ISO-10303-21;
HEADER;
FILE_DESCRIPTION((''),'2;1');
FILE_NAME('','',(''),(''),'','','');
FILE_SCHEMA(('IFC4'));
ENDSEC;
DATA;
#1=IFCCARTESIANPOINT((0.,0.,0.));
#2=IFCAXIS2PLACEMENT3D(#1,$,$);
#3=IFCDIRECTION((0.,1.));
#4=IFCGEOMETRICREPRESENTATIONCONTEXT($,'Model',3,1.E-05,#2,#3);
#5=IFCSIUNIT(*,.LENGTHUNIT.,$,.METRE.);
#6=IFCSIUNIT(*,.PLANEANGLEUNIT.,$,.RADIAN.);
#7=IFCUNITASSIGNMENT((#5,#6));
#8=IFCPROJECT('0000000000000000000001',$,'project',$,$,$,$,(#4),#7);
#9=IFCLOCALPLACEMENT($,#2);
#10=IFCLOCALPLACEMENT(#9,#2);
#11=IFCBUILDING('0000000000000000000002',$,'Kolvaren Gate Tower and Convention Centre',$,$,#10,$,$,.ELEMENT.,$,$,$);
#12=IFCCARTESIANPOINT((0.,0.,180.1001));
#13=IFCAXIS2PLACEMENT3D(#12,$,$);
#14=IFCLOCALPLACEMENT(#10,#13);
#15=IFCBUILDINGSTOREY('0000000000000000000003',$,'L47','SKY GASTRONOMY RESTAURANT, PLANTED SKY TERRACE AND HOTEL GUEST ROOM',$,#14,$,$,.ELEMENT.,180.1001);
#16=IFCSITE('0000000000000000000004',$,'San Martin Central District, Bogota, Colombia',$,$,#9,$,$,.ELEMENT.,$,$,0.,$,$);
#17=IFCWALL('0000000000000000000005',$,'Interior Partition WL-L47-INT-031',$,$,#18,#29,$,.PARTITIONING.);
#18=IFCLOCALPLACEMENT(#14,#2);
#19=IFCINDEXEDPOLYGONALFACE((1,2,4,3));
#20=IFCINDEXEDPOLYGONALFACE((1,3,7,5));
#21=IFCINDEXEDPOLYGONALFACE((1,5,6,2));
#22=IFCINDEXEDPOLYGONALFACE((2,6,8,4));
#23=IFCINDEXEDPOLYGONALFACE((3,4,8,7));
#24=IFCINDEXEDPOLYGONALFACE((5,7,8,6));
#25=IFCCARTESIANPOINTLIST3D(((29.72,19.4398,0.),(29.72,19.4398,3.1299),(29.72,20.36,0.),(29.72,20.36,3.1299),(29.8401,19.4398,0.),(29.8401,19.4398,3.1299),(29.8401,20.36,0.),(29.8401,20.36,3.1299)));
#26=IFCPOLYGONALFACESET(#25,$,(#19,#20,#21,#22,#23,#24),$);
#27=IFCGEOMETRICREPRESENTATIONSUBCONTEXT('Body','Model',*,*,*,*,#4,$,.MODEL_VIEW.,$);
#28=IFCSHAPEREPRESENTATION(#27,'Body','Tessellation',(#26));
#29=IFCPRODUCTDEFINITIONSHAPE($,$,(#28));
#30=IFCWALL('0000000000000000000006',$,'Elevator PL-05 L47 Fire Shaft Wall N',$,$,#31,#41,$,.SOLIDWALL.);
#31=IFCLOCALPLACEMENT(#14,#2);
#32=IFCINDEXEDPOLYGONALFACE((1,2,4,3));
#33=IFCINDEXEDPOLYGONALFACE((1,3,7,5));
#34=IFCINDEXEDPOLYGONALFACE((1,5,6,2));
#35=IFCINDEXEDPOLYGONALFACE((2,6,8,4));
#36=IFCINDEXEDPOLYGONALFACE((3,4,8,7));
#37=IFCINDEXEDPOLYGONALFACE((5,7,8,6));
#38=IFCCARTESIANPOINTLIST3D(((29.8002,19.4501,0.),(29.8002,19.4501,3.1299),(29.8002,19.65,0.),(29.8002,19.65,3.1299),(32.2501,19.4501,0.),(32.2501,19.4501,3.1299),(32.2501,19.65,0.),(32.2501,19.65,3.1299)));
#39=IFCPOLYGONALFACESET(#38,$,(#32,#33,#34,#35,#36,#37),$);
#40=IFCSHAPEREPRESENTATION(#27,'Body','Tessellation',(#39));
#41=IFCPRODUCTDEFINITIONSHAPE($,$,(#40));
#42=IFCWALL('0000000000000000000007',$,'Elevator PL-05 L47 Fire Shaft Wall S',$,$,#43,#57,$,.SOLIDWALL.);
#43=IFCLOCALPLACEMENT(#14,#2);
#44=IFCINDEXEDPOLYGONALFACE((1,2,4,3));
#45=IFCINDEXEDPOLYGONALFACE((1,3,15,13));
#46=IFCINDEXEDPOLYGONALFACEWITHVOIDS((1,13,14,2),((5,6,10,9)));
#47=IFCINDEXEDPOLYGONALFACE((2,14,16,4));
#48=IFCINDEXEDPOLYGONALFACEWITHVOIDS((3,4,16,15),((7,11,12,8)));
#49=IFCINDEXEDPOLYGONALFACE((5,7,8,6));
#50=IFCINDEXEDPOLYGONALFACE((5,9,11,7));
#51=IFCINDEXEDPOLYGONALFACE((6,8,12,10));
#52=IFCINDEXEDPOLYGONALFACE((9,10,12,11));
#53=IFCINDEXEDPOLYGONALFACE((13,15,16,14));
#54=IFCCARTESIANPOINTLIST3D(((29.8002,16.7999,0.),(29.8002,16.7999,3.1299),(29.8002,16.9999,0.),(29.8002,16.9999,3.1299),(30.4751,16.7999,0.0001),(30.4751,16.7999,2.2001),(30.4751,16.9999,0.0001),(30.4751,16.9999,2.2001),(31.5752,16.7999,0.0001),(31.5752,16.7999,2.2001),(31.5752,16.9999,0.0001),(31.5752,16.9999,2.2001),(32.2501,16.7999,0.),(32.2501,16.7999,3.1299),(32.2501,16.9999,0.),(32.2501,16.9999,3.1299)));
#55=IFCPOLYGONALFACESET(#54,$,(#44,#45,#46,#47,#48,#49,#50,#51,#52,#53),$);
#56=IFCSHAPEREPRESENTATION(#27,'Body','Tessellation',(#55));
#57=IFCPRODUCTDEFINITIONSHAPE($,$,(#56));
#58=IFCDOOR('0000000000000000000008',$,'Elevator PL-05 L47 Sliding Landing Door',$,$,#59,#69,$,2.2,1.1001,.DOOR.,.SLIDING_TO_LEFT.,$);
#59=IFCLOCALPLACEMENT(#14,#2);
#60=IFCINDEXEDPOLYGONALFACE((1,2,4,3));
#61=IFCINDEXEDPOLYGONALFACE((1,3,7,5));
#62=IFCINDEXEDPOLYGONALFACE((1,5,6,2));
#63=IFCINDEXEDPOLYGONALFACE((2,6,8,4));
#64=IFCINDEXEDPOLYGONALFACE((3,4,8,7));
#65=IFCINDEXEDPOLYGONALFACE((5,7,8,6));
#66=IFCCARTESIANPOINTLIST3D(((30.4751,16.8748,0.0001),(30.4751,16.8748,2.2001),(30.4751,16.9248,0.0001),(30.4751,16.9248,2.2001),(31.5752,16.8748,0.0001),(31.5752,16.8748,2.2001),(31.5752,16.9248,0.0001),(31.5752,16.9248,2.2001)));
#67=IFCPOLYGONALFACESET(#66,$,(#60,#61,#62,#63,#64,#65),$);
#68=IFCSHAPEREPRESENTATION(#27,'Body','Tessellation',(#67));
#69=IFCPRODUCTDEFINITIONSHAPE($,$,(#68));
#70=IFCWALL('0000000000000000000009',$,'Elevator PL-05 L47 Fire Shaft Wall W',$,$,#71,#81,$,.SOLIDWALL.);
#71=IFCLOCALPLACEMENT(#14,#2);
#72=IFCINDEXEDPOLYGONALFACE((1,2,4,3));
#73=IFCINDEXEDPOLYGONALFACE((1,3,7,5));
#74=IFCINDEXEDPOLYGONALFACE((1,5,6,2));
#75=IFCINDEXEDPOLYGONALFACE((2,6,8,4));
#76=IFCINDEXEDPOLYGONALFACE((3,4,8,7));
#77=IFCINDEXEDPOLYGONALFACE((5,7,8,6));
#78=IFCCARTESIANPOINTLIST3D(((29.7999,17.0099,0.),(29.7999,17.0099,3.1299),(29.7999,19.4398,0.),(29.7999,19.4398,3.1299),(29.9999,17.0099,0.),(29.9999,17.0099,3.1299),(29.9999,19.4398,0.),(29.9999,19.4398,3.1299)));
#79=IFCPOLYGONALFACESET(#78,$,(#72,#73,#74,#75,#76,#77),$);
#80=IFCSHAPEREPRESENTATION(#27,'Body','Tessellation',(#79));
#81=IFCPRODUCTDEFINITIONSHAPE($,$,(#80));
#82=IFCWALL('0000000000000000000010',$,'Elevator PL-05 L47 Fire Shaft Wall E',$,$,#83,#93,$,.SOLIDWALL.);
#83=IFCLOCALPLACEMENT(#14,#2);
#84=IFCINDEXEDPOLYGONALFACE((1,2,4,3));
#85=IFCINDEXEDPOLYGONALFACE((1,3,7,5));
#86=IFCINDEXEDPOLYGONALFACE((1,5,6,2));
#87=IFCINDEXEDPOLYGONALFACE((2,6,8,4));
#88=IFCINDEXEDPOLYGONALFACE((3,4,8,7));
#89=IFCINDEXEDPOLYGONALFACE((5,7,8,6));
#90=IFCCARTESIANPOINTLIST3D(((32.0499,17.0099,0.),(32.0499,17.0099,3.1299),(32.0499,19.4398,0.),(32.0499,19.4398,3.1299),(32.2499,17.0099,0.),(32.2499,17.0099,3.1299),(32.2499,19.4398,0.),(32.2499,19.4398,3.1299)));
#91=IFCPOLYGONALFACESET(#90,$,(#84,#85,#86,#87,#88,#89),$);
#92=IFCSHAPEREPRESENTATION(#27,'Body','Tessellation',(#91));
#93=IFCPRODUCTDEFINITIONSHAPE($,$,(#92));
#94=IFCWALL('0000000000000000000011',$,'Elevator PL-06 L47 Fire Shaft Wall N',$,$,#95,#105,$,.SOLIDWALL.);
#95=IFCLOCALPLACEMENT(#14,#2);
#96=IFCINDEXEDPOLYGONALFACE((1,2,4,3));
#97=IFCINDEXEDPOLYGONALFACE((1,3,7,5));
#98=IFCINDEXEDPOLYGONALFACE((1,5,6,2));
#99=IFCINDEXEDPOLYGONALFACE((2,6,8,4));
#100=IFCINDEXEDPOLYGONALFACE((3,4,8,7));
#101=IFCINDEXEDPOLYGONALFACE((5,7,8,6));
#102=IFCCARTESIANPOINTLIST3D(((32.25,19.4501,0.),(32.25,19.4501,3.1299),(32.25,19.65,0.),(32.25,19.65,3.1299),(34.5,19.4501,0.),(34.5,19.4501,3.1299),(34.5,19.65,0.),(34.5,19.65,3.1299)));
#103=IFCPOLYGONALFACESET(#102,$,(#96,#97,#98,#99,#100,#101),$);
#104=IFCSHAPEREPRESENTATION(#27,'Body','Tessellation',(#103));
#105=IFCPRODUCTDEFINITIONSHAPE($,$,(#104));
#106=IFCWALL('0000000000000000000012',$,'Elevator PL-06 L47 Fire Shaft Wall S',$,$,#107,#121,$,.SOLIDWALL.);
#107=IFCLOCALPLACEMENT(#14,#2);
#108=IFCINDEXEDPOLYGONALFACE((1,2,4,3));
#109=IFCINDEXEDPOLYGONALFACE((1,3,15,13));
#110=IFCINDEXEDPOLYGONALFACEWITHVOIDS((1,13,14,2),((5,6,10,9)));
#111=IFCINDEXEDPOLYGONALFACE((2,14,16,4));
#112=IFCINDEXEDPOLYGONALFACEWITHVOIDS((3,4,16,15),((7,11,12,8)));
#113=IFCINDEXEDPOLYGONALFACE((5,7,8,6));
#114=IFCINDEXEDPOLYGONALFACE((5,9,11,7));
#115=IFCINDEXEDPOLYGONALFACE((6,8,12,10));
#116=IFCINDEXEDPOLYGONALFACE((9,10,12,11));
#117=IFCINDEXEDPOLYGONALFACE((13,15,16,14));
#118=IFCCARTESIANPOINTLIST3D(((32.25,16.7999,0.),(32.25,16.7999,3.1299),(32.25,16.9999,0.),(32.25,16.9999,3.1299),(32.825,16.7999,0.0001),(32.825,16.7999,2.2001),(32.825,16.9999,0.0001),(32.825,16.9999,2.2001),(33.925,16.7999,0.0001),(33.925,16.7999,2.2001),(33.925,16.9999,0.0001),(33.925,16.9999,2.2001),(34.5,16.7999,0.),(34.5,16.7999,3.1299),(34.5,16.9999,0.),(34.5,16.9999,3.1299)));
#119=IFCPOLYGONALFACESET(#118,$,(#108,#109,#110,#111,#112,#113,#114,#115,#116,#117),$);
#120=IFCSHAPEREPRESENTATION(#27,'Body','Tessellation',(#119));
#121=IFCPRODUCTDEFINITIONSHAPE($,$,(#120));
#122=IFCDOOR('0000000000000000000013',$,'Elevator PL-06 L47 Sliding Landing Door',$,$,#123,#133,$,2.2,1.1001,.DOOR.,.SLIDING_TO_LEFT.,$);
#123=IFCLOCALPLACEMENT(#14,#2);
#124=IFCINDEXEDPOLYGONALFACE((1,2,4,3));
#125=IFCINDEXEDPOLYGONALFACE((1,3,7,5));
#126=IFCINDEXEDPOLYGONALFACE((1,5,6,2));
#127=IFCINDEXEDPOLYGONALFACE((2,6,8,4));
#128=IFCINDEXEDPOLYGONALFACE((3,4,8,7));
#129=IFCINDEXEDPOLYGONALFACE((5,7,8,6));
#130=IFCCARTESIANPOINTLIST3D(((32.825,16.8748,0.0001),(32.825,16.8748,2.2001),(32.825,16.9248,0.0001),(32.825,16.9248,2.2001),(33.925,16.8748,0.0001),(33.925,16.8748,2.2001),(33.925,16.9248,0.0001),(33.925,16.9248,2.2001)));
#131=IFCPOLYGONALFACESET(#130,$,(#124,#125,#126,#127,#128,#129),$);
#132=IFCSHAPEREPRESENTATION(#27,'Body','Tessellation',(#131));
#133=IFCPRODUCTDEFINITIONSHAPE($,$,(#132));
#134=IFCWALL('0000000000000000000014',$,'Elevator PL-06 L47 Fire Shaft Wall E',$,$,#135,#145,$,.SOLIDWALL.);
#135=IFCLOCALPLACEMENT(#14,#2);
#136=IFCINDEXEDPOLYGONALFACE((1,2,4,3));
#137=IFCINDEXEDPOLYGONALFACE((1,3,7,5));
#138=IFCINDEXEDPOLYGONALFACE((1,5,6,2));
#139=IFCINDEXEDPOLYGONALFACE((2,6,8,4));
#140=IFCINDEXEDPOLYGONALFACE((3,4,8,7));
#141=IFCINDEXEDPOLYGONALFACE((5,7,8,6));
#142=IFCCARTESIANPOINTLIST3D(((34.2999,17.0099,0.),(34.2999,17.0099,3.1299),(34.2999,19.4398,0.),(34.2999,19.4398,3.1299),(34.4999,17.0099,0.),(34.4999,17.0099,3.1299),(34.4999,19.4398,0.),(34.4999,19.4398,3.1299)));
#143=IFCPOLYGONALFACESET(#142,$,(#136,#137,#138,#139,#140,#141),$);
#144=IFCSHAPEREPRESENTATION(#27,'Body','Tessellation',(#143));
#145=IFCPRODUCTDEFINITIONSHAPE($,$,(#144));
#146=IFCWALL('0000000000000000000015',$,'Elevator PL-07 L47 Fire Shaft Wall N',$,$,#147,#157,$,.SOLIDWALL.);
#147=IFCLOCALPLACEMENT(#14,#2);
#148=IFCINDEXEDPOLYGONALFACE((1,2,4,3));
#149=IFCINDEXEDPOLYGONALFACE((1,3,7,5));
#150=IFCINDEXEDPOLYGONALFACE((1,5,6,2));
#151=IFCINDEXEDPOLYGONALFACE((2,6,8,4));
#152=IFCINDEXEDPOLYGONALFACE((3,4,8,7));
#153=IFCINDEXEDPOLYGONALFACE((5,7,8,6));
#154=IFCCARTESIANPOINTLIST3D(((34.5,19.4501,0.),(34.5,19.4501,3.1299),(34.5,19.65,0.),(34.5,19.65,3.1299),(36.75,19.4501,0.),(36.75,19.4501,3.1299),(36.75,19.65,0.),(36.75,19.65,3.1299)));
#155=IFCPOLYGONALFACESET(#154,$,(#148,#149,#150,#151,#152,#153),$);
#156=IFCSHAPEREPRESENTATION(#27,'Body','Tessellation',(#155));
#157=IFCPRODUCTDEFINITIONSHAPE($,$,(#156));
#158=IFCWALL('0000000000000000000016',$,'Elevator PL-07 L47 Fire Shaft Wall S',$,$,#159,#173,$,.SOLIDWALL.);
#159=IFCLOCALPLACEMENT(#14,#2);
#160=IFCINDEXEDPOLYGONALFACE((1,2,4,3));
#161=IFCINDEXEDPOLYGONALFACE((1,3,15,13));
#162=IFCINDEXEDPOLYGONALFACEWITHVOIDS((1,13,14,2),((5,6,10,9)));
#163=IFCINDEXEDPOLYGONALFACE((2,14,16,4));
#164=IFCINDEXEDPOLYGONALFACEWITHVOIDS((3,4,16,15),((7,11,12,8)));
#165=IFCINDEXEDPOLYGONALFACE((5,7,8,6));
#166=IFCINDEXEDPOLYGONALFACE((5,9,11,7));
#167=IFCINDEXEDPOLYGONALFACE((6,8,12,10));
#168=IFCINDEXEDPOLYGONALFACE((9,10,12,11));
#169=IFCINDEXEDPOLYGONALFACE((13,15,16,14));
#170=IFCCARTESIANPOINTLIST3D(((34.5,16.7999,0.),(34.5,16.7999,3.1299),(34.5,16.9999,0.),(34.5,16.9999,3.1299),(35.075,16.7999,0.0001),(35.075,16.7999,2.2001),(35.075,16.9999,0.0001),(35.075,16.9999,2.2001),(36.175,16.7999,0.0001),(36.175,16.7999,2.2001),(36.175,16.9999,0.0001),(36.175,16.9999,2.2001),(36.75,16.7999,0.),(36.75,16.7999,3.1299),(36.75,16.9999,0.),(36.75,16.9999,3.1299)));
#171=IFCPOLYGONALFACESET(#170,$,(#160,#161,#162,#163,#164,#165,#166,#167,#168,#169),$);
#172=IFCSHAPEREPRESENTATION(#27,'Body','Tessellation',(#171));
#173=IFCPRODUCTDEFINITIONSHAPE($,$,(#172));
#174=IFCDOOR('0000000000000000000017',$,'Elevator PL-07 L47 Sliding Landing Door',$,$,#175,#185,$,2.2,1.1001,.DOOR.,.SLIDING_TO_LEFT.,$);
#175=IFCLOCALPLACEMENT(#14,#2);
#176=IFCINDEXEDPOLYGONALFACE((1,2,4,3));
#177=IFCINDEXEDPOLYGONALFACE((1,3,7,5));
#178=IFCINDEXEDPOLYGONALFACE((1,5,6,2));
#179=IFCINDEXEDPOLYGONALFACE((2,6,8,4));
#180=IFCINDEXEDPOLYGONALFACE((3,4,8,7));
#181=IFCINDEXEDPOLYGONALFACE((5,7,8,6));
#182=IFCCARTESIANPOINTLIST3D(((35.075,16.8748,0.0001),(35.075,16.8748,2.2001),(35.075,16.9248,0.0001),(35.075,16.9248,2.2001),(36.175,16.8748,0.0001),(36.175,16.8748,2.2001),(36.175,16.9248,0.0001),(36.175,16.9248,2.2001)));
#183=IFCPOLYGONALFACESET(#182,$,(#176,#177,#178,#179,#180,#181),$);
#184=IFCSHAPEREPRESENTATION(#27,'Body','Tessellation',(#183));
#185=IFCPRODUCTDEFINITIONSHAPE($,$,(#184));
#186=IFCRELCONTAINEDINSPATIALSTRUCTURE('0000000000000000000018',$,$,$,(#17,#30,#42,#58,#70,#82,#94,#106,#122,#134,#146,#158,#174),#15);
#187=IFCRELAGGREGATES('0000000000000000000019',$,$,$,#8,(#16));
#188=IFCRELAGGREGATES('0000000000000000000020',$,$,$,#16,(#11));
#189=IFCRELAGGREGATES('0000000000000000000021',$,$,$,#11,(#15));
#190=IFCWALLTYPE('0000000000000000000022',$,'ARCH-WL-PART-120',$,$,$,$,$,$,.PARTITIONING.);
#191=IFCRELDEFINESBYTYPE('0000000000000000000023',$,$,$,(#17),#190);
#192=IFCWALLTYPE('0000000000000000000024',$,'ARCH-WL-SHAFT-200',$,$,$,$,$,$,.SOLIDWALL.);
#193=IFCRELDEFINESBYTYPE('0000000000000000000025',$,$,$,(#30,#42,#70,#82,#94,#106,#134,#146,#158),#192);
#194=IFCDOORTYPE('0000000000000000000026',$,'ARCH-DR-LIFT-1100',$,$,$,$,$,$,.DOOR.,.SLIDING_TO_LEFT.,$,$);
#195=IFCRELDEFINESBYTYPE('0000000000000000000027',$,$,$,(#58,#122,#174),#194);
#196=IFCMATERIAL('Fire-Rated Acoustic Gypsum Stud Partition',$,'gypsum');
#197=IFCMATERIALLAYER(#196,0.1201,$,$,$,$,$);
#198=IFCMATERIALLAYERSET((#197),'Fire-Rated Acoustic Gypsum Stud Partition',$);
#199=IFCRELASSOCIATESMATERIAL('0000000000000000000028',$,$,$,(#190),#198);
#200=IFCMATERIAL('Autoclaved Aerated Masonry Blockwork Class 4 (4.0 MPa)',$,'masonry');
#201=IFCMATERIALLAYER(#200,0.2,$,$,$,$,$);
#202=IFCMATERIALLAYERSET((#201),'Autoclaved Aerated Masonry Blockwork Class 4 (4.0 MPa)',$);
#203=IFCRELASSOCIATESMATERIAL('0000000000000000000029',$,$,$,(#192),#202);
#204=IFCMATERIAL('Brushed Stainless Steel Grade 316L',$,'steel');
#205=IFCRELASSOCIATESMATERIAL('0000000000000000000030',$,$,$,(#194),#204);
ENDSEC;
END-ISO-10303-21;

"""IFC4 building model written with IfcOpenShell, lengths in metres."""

from ifc_helpers import new_model, si_unit, direction, frame, frame_2d, origin, place, context, subcontext, project, spatial, rectangle, extrude, material, layer, layer_set, type_object, element, fill, save


model = new_model("IFC4")

# Units and contexts
model_context = context("Model", 3, precision=1e-05, world=origin(), true_north=direction((0.0, 1.0)))
body_context = subcontext(model_context, "Body", "Model", "MODEL_VIEW")
ifc_project = project(units=[si_unit("LENGTHUNIT", "METRE"), si_unit("PLANEANGLEUNIT", "RADIAN")], contexts=[model_context])

# Site, building, storey
site_placement = place(None, origin())
site = spatial("IfcSite", under=ifc_project, at=site_placement, Name="San Martin Central District, Bogota, Colombia", CompositionType="ELEMENT", RefElevation=0.0)
building_placement = place(site_placement, origin())
building = spatial("IfcBuilding", under=site, at=building_placement, Name="Kolvaren Gate Tower and Convention Centre", CompositionType="ELEMENT")
storey_placement = place(building_placement, frame((0.0, 0.0, 180.1001)))
storey = spatial("IfcBuildingStorey", under=building, at=storey_placement, Name="L47", Description="SKY GASTRONOMY RESTAURANT, PLANTED SKY TERRACE AND HOTEL GUEST ROOM", CompositionType="ELEMENT", Elevation=180.1001)

# Walls
ifc_material_1 = material(Name="Fire-Rated Acoustic Gypsum Stud Partition", Category="gypsum")
ifc_layer_1 = layer(ifc_material_1, 0.1201)
ifc_layer_set_1 = layer_set([ifc_layer_1], Name="Fire-Rated Acoustic Gypsum Stud Partition")
wall_type_1 = type_object("IfcWallType", Name="ARCH-WL-PART-120", PredefinedType="PARTITIONING", material=ifc_layer_set_1)
wall_1_placement = place(storey_placement, frame((29.78, 19.4399, 0.0), z_axis=(0.0, 0.0, 1.0), x_axis=(0.0, 1.0, 0.0)))
element("IfcWall", 1, at=wall_1_placement, inside=storey, type_object=wall_type_1, Name="Interior Partition WL-L47-INT-031", PredefinedType="PARTITIONING", context=body_context, shape_type="SweptSolid", body=[
    extrude(rectangle(XDim=0.9202, YDim=0.1201, at=frame_2d((0.46, 0.0))), origin(), (0.0, 0.0, 1.0), 3.1299),
])
ifc_material_2 = material(Name="Autoclaved Aerated Masonry Blockwork Class 4 (4.0 MPa)", Category="masonry")
ifc_layer_2 = layer(ifc_material_2, 0.2)
ifc_layer_set_2 = layer_set([ifc_layer_2], Name="Autoclaved Aerated Masonry Blockwork Class 4 (4.0 MPa)")
wall_type_2 = type_object("IfcWallType", Name="ARCH-WL-SHAFT-200", PredefinedType="SOLIDWALL", material=ifc_layer_set_2)
wall_2_placement = place(storey_placement, frame((29.8, 19.55, 0.0), z_axis=(0.0, 0.0, 1.0), x_axis=(1.0, 0.0, 0.0)))
element("IfcWall", 2, at=wall_2_placement, inside=storey, type_object=wall_type_2, Name="Elevator PL-05 L47 Fire Shaft Wall N", PredefinedType="SOLIDWALL", context=body_context, shape_type="SweptSolid", body=[
    extrude(rectangle(XDim=2.45, YDim=0.2, at=frame_2d((1.2251, 0.0))), origin(), (0.0, 0.0, 1.0), 3.1299),
])

# Wall, opening, door
wall_3_placement = place(storey_placement, frame((29.8, 16.8999, 0.0), z_axis=(0.0, 0.0, 1.0), x_axis=(1.0, 0.0, 0.0)))
wall_3 = element("IfcWall", 3, at=wall_3_placement, inside=storey, type_object=wall_type_2, Name="Elevator PL-05 L47 Fire Shaft Wall S", PredefinedType="SOLIDWALL", context=body_context, shape_type="SweptSolid", body=[
    extrude(rectangle(XDim=2.45, YDim=0.2, at=frame_2d((1.2251, 0.0))), origin(), (0.0, 0.0, 1.0), 3.1299),
])
opening_1_placement = place(wall_3_placement, frame((0.675, 0.0, 0.0)))
opening_1 = element("IfcOpeningElement", 4, at=opening_1_placement, cuts=wall_3, PredefinedType="OPENING", context=body_context, shape_type="SweptSolid", body=[
    extrude(rectangle(XDim=1.1001, YDim=2.2, at=frame_2d((0.55, 1.1001))), frame((0.0, 0.1099, 0.0), z_axis=(0.0, -1.0, 0.0), x_axis=(1.0, 0.0, 0.0)), (0.0, 0.0, 1.0), 0.22),
])
ifc_material_3 = material(Name="Brushed Stainless Steel Grade 316L", Category="steel")
door_type = type_object("IfcDoorType", Name="ARCH-DR-LIFT-1100", OperationType="SLIDING_TO_LEFT", PredefinedType="DOOR", material=ifc_material_3)
door_1_placement = place(opening_1_placement, origin())
door_1 = element("IfcDoor", 5, at=door_1_placement, inside=storey, type_object=door_type, Name="Elevator PL-05 L47 Sliding Landing Door", OperationType="SLIDING_TO_LEFT", OverallHeight=2.2, OverallWidth=1.1001, PredefinedType="DOOR", context=body_context, shape_type="SweptSolid", body=[
    extrude(rectangle(XDim=1.1001, YDim=2.2, at=frame_2d((0.55, 1.1001))), frame((0.0, 0.0249, 0.0), z_axis=(0.0, -1.0, 0.0), x_axis=(1.0, 0.0, 0.0)), (0.0, 0.0, 1.0), 0.05),
])
fill(opening_1, door_1)

# Walls
for number, where, z_axis, x_axis, name in (
    (6, (29.8999, 17.01, 0.0), (0.0, 0.0, 1.0), (0.0, 1.0, 0.0), "Elevator PL-05 L47 Fire Shaft Wall W"),
    (7, (32.1499, 17.01, 0.0), (0.0, 0.0, 1.0), (0.0, 1.0, 0.0), "Elevator PL-05 L47 Fire Shaft Wall E"),
):
    element("IfcWall", number, at=place(storey_placement, frame(where, z_axis=z_axis, x_axis=x_axis)), inside=storey, type_object=wall_type_2, Name=name, PredefinedType="SOLIDWALL", context=body_context, shape_type="SweptSolid", body=[
        extrude(rectangle(XDim=2.4299, YDim=0.2, at=frame_2d((1.2148, 0.0))), origin(), (0.0, 0.0, 1.0), 3.1299),
    ])
wall_4_placement = place(storey_placement, frame((32.25, 19.55, 0.0), z_axis=(0.0, 0.0, 1.0), x_axis=(1.0, 0.0, 0.0)))
element("IfcWall", 8, at=wall_4_placement, inside=storey, type_object=wall_type_2, Name="Elevator PL-06 L47 Fire Shaft Wall N", PredefinedType="SOLIDWALL", context=body_context, shape_type="SweptSolid", body=[
    extrude(rectangle(XDim=2.25, YDim=0.2, at=frame_2d((1.125, 0.0))), origin(), (0.0, 0.0, 1.0), 3.1299),
])

# Wall, opening, door
wall_5_placement = place(storey_placement, frame((32.25, 16.8999, 0.0), z_axis=(0.0, 0.0, 1.0), x_axis=(1.0, 0.0, 0.0)))
wall_5 = element("IfcWall", 9, at=wall_5_placement, inside=storey, type_object=wall_type_2, Name="Elevator PL-06 L47 Fire Shaft Wall S", PredefinedType="SOLIDWALL", context=body_context, shape_type="SweptSolid", body=[
    extrude(rectangle(XDim=2.25, YDim=0.2, at=frame_2d((1.125, 0.0))), origin(), (0.0, 0.0, 1.0), 3.1299),
])
opening_2_placement = place(wall_5_placement, frame((0.575, 0.0, 0.0)))
opening_2 = element("IfcOpeningElement", 10, at=opening_2_placement, cuts=wall_5, PredefinedType="OPENING", context=body_context, shape_type="SweptSolid", body=[
    extrude(rectangle(XDim=1.1001, YDim=2.2, at=frame_2d((0.55, 1.1001))), frame((0.0, 0.1099, 0.0), z_axis=(0.0, -1.0, 0.0), x_axis=(1.0, 0.0, 0.0)), (0.0, 0.0, 1.0), 0.22),
])
door_2_placement = place(opening_2_placement, origin())
door_2 = element("IfcDoor", 11, at=door_2_placement, inside=storey, type_object=door_type, Name="Elevator PL-06 L47 Sliding Landing Door", OperationType="SLIDING_TO_LEFT", OverallHeight=2.2, OverallWidth=1.1001, PredefinedType="DOOR", context=body_context, shape_type="SweptSolid", body=[
    extrude(rectangle(XDim=1.1001, YDim=2.2, at=frame_2d((0.55, 1.1001))), frame((0.0, 0.0249, 0.0), z_axis=(0.0, -1.0, 0.0), x_axis=(1.0, 0.0, 0.0)), (0.0, 0.0, 1.0), 0.05),
])
fill(opening_2, door_2)

# Walls
wall_6_placement = place(storey_placement, frame((34.3999, 17.01, 0.0), z_axis=(0.0, 0.0, 1.0), x_axis=(0.0, 1.0, 0.0)))
element("IfcWall", 12, at=wall_6_placement, inside=storey, type_object=wall_type_2, Name="Elevator PL-06 L47 Fire Shaft Wall E", PredefinedType="SOLIDWALL", context=body_context, shape_type="SweptSolid", body=[
    extrude(rectangle(XDim=2.4299, YDim=0.2, at=frame_2d((1.2148, 0.0))), origin(), (0.0, 0.0, 1.0), 3.1299),
])
wall_7_placement = place(storey_placement, frame((34.5, 19.55, 0.0), z_axis=(0.0, 0.0, 1.0), x_axis=(1.0, 0.0, 0.0)))
element("IfcWall", 13, at=wall_7_placement, inside=storey, type_object=wall_type_2, Name="Elevator PL-07 L47 Fire Shaft Wall N", PredefinedType="SOLIDWALL", context=body_context, shape_type="SweptSolid", body=[
    extrude(rectangle(XDim=2.25, YDim=0.2, at=frame_2d((1.125, 0.0))), origin(), (0.0, 0.0, 1.0), 3.1299),
])

# Wall, opening, door
wall_8_placement = place(storey_placement, frame((34.5, 16.8999, 0.0), z_axis=(0.0, 0.0, 1.0), x_axis=(1.0, 0.0, 0.0)))
wall_8 = element("IfcWall", 14, at=wall_8_placement, inside=storey, type_object=wall_type_2, Name="Elevator PL-07 L47 Fire Shaft Wall S", PredefinedType="SOLIDWALL", context=body_context, shape_type="SweptSolid", body=[
    extrude(rectangle(XDim=2.25, YDim=0.2, at=frame_2d((1.125, 0.0))), origin(), (0.0, 0.0, 1.0), 3.1299),
])
opening_3_placement = place(wall_8_placement, frame((0.575, 0.0, 0.0)))
opening_3 = element("IfcOpeningElement", 15, at=opening_3_placement, cuts=wall_8, PredefinedType="OPENING", context=body_context, shape_type="SweptSolid", body=[
    extrude(rectangle(XDim=1.1001, YDim=2.2, at=frame_2d((0.55, 1.1001))), frame((0.0, 0.1099, 0.0), z_axis=(0.0, -1.0, 0.0), x_axis=(1.0, 0.0, 0.0)), (0.0, 0.0, 1.0), 0.22),
])
door_3_placement = place(opening_3_placement, origin())
door_3 = element("IfcDoor", 16, at=door_3_placement, inside=storey, type_object=door_type, Name="Elevator PL-07 L47 Sliding Landing Door", OperationType="SLIDING_TO_LEFT", OverallHeight=2.2, OverallWidth=1.1001, PredefinedType="DOOR", context=body_context, shape_type="SweptSolid", body=[
    extrude(rectangle(XDim=1.1001, YDim=2.2, at=frame_2d((0.55, 1.1001))), frame((0.0, 0.0249, 0.0), z_axis=(0.0, -1.0, 0.0), x_axis=(1.0, 0.0, 0.0)), (0.0, 0.0, 1.0), 0.05),
])
fill(opening_3, door_3)

save(model, "model.ifc")
